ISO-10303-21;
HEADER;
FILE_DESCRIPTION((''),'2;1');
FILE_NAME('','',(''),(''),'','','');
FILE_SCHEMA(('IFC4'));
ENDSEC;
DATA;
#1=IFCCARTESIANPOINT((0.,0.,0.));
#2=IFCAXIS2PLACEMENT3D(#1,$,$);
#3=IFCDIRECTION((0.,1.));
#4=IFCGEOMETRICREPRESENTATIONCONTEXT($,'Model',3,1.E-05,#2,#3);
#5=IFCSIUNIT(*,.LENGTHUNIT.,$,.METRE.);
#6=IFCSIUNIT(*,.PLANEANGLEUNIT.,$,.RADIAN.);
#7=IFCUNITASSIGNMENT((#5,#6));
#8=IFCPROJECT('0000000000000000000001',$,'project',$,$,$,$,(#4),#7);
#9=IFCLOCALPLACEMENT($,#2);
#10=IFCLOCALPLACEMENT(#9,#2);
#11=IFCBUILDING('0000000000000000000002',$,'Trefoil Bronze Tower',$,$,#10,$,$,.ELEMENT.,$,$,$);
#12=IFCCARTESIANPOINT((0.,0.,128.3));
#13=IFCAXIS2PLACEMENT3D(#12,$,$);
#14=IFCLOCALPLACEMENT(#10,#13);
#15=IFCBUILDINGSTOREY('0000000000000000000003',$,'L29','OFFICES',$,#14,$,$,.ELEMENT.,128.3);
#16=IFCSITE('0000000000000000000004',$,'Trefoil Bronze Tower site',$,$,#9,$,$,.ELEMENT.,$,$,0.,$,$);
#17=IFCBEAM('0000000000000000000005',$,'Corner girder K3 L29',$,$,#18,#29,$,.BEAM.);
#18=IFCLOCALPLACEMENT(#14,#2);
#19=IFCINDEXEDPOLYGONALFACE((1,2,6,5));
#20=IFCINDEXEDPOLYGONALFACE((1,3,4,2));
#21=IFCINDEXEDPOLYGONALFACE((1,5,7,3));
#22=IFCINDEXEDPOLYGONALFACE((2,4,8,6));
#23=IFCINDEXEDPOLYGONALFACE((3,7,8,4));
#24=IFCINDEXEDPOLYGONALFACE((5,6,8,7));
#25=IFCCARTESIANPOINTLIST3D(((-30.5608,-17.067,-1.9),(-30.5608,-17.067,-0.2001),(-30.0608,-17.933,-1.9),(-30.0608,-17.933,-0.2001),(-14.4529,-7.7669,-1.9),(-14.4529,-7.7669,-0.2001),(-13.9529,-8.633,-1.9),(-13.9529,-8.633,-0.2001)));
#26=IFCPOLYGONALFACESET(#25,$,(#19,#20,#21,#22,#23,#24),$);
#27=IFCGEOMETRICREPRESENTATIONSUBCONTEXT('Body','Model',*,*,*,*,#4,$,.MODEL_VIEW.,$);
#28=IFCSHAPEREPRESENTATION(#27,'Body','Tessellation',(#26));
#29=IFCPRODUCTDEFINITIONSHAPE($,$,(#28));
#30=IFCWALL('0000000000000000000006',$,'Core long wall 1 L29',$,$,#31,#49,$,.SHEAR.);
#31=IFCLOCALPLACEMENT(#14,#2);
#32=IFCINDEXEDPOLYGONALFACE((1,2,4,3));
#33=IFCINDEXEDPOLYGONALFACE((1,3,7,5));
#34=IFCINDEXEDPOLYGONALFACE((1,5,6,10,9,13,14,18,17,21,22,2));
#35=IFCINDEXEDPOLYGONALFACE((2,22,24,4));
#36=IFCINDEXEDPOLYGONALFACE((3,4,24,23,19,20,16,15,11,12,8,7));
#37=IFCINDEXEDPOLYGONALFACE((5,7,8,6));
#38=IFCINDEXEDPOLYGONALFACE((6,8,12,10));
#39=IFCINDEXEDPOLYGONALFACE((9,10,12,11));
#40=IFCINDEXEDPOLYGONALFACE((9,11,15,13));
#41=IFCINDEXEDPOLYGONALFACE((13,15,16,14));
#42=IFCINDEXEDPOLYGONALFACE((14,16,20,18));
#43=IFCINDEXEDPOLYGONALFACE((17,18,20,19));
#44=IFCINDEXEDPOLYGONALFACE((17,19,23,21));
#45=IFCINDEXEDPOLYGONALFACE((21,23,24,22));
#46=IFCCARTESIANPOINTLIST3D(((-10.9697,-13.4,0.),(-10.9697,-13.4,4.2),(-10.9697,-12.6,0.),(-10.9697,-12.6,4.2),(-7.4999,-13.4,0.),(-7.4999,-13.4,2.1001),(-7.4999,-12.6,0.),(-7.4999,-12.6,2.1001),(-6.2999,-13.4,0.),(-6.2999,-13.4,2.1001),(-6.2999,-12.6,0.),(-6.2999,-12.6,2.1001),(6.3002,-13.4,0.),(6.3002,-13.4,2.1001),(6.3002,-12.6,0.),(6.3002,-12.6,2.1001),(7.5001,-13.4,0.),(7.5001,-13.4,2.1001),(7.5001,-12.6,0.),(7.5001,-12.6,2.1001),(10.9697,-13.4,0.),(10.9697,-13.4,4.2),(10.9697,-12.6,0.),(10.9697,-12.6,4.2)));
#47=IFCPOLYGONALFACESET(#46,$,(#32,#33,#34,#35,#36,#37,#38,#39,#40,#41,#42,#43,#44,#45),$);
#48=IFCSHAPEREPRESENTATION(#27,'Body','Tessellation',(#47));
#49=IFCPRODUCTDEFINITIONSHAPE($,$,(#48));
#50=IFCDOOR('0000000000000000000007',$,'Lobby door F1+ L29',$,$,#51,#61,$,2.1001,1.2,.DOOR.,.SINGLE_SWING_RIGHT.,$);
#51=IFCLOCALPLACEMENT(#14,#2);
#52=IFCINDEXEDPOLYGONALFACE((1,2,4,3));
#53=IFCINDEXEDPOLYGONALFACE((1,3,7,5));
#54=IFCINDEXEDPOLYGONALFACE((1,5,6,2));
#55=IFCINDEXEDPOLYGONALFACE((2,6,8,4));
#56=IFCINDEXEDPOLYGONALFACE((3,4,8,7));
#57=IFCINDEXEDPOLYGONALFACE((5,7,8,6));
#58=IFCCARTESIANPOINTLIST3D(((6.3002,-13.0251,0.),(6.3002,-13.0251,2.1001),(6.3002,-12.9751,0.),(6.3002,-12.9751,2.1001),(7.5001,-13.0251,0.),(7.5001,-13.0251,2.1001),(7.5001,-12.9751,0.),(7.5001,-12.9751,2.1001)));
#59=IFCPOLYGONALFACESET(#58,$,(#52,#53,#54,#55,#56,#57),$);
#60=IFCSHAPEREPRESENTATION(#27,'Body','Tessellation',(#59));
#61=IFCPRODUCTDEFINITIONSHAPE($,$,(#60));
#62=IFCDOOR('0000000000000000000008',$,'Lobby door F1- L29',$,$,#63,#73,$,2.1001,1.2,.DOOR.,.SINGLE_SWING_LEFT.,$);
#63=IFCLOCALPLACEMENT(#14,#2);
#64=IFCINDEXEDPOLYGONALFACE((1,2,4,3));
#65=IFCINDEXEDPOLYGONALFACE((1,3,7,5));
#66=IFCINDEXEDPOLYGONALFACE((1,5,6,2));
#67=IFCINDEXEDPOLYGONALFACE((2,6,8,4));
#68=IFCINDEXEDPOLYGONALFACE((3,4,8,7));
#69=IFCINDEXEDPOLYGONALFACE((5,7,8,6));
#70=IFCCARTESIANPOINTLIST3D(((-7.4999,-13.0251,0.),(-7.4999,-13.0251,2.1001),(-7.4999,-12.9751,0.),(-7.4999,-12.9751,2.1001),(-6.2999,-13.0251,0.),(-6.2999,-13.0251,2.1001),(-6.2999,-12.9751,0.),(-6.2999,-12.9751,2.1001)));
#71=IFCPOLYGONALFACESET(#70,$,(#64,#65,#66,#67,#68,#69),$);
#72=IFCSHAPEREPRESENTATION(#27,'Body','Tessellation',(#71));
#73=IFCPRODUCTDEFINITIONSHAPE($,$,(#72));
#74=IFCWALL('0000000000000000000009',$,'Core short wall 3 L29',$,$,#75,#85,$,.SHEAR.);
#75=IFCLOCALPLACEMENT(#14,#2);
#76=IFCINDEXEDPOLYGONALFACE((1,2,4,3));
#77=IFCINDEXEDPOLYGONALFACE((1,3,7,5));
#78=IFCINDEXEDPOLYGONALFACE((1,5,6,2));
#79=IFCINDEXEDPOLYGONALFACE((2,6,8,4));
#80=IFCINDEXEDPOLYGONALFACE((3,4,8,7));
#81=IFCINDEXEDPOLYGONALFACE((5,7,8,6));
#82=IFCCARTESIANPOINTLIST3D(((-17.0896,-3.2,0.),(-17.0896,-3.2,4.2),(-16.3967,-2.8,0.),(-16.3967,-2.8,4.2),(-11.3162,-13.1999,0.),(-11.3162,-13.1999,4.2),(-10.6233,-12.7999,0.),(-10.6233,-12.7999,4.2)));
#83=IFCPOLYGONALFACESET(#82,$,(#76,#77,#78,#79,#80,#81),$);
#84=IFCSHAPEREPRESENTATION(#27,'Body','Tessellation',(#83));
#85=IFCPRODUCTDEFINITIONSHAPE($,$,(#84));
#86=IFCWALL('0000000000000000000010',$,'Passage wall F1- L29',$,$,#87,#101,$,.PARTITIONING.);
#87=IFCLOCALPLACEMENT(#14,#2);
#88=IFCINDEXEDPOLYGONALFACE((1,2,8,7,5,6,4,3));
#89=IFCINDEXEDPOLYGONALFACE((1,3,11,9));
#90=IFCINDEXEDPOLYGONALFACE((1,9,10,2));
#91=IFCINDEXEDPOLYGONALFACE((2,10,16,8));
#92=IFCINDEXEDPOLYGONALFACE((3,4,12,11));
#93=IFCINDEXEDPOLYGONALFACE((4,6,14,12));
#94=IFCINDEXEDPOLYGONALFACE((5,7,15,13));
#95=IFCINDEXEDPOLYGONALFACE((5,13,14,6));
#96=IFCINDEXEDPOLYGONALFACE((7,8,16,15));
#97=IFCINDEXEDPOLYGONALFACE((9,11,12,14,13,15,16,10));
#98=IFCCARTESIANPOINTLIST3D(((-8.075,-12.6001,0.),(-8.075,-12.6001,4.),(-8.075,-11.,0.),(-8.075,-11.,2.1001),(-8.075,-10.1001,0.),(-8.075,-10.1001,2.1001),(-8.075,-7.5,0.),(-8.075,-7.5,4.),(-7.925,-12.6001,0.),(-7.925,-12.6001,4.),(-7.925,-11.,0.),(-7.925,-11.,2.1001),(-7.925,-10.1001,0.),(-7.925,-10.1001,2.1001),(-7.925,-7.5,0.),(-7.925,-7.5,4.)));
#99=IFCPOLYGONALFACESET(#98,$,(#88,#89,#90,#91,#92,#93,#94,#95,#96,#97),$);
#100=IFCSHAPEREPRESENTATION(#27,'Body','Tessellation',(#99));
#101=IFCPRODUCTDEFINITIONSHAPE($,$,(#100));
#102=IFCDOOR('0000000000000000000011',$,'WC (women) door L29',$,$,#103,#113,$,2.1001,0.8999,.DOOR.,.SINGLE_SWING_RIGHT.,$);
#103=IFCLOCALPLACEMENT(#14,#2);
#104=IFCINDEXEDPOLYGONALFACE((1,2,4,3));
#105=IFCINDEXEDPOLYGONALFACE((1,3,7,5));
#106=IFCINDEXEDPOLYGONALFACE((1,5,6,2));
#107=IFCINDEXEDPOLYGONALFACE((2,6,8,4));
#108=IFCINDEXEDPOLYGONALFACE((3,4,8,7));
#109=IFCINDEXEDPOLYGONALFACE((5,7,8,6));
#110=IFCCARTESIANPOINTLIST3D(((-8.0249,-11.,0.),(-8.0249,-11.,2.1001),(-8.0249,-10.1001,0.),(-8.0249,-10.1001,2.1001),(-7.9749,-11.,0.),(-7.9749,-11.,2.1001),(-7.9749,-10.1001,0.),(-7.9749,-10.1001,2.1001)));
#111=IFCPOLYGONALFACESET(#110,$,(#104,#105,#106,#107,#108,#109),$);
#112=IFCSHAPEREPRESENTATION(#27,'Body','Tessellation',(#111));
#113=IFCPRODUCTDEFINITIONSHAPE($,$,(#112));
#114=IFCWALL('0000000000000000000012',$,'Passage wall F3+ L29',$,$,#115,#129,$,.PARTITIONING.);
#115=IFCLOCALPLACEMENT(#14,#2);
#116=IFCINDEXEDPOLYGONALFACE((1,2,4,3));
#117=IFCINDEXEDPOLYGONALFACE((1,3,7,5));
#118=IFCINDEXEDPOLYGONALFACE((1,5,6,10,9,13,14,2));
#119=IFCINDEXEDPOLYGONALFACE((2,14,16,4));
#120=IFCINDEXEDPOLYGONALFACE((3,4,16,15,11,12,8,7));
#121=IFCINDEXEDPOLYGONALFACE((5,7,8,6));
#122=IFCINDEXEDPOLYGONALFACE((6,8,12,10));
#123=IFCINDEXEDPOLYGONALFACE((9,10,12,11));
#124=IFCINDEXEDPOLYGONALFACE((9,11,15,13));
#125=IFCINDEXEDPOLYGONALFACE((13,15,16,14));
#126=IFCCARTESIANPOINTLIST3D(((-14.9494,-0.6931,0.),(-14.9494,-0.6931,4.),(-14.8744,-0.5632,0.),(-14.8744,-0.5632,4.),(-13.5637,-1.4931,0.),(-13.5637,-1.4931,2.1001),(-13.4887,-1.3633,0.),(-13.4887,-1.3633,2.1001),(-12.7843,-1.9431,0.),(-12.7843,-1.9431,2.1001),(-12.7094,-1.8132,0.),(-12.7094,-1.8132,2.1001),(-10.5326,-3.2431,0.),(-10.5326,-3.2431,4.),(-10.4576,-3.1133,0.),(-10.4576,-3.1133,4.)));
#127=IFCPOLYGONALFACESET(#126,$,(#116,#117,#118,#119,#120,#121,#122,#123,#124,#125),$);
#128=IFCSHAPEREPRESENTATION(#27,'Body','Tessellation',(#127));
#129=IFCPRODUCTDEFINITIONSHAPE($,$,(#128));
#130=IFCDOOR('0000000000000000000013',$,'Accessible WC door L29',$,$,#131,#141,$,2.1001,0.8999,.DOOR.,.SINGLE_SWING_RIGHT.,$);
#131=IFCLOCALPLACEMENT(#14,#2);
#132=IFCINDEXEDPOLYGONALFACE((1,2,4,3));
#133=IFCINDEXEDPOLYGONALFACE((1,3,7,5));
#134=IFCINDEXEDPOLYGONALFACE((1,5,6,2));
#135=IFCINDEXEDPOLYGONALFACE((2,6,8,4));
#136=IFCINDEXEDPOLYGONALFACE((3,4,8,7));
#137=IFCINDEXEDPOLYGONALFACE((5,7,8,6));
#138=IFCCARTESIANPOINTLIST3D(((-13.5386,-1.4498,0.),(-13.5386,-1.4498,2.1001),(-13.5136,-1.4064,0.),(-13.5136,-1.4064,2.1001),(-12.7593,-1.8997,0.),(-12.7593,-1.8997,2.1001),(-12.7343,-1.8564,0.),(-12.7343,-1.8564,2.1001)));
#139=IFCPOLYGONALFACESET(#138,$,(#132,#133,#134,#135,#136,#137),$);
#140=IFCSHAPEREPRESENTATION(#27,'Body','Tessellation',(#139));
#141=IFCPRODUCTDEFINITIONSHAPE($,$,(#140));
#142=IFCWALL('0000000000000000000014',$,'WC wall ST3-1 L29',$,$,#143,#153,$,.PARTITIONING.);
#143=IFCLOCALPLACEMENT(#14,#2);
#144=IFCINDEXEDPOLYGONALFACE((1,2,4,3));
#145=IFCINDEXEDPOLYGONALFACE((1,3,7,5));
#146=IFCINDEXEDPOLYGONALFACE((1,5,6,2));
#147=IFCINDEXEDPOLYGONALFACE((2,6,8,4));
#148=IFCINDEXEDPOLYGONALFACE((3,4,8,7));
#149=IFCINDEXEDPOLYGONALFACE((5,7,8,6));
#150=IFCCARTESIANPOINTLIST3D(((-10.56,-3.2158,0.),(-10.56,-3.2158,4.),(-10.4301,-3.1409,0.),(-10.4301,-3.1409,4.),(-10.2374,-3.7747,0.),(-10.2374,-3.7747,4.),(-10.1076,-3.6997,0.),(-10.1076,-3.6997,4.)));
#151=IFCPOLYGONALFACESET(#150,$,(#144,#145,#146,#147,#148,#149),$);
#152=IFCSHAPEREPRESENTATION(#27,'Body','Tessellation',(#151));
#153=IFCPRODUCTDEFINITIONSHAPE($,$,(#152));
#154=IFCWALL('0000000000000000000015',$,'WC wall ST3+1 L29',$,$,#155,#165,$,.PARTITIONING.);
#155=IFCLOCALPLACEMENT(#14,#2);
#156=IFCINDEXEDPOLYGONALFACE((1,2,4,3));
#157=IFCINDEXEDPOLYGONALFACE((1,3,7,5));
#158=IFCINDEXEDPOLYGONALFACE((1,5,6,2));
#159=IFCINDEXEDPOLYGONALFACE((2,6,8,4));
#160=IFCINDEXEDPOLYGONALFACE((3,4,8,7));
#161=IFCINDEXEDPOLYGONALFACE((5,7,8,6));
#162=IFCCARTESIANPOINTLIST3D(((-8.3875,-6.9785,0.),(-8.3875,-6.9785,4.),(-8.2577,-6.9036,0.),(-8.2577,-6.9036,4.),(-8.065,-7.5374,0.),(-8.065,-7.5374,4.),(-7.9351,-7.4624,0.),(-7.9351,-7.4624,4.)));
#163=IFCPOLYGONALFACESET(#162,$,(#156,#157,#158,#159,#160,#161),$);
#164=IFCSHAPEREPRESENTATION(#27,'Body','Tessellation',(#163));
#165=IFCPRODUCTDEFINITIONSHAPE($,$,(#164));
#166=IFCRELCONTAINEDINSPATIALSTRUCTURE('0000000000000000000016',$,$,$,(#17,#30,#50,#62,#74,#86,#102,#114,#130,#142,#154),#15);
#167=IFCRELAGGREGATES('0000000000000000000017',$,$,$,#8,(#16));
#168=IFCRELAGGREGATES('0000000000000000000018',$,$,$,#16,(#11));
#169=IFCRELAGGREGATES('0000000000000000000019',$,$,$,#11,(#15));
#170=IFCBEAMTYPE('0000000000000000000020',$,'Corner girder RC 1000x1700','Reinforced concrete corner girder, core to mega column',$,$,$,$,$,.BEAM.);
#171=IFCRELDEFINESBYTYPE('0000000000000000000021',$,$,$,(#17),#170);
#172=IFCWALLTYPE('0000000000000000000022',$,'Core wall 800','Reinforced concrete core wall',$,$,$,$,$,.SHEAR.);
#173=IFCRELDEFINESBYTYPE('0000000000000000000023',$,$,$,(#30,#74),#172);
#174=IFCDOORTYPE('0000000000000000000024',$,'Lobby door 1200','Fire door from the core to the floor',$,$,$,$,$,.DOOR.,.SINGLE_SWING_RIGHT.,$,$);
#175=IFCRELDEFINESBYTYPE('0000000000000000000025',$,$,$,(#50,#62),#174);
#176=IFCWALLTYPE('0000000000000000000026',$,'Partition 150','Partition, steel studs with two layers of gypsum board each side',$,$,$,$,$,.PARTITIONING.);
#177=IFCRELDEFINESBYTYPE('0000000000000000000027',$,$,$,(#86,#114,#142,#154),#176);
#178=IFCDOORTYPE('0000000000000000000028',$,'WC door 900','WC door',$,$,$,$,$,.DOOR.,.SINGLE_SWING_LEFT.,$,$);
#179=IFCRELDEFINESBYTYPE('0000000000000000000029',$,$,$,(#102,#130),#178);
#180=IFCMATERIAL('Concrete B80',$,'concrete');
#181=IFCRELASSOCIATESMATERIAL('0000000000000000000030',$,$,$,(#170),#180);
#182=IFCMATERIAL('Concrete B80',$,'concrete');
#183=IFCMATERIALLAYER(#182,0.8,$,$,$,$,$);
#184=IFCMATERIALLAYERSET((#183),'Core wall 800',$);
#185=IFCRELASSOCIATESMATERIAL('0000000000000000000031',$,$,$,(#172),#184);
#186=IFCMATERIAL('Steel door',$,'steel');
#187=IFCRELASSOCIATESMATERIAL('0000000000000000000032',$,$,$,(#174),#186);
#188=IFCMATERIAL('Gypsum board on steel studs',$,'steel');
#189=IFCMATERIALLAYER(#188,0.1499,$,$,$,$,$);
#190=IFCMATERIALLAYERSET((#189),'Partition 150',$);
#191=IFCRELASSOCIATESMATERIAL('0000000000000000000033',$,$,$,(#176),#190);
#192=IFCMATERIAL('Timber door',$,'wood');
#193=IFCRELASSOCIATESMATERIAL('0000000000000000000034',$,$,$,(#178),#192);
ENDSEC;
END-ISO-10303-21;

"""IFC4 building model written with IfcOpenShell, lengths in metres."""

from ifc_helpers import new_model, si_unit, direction, frame, frame_2d, origin, origin_2d, place, context, subcontext, project, spatial, rectangle, extrude, material, layer, layer_set, material_profile, profile_set, type_object, element, fill, save


model = new_model("IFC4")

# Units and contexts
model_context = context("Model", 3, precision=1e-05, world=origin(), true_north=direction((0.0, 1.0)))
body_context = subcontext(model_context, "Body", "Model", "MODEL_VIEW")
ifc_project = project(units=[si_unit("LENGTHUNIT", "METRE"), si_unit("PLANEANGLEUNIT", "RADIAN")], contexts=[model_context])

# Site, building, storey
site_placement = place(None, origin())
site = spatial("IfcSite", under=ifc_project, at=site_placement, Name="Trefoil Bronze Tower site", CompositionType="ELEMENT", RefElevation=0.0)
building_placement = place(site_placement, origin())
building = spatial("IfcBuilding", under=site, at=building_placement, Name="Trefoil Bronze Tower", CompositionType="ELEMENT")
storey_placement = place(building_placement, frame((0.0, 0.0, 128.3)))
storey = spatial("IfcBuildingStorey", under=building, at=storey_placement, Name="L29", Description="OFFICES", CompositionType="ELEMENT", Elevation=128.3)

# Beam
ifc_material_1 = material(Name="Concrete B80", Category="concrete")
ifc_material_profile_1 = material_profile(ifc_material_1, rectangle(XDim=1.0, YDim=1.7, at=origin_2d()), Name="RC 1000x1700")
ifc_profile_set_1 = profile_set([ifc_material_profile_1], Name="Concrete B80")
beam_type_1 = type_object("IfcBeamType", Name="Corner girder RC 1000x1700", Description="Reinforced concrete corner girder, core to mega column", PredefinedType="BEAM", material=ifc_profile_set_1)
beam_placement = place(storey_placement, frame((-14.2029, -8.2, -1.05), z_axis=(-0.866022, -0.500006, 0.0), x_axis=(0.500006, -0.866022, 0.0)))
element("IfcBeam", 1, at=beam_placement, inside=storey, type_object=beam_type_1, Name="Corner girder K3 L29", PredefinedType="BEAM", context=body_context, shape_type="SweptSolid", body=[
    extrude(rectangle(XDim=1.0, YDim=1.7, at=origin_2d()), origin(), (0.0, 0.0, 1.0), 18.5999),
])

# Wall, openings, doors
ifc_material_2 = material(Name="Concrete B80", Category="concrete")
ifc_layer_1 = layer(ifc_material_2, 0.8)
ifc_layer_set_1 = layer_set([ifc_layer_1], Name="Core wall 800")
wall_type_1 = type_object("IfcWallType", Name="Core wall 800", Description="Reinforced concrete core wall", PredefinedType="SHEAR", material=ifc_layer_set_1)
wall_1_placement = place(storey_placement, frame((-10.9697, -13.0, 0.0), z_axis=(0.0, 0.0, 1.0), x_axis=(1.0, 0.0, 0.0)))
wall_1 = element("IfcWall", 2, at=wall_1_placement, inside=storey, type_object=wall_type_1, Name="Core long wall 1 L29", PredefinedType="SHEAR", context=body_context, shape_type="SweptSolid", body=[
    extrude(rectangle(XDim=21.9395, YDim=0.8, at=frame_2d((10.9697, 0.0))), origin(), (0.0, 0.0, 1.0), 4.2),
])
opening_1_placement = place(wall_1_placement, frame((17.2698, 0.0, 0.0)))
opening_1 = element("IfcOpeningElement", 3, at=opening_1_placement, cuts=wall_1, PredefinedType="OPENING", context=body_context, shape_type="SweptSolid", body=[
    extrude(rectangle(XDim=1.2, YDim=2.1001, at=frame_2d((0.6001, 1.05))), frame((0.0, 0.4099, 0.0), z_axis=(0.0, -1.0, 0.0), x_axis=(1.0, 0.0, 0.0)), (0.0, 0.0, 1.0), 0.8201),
])
opening_2_placement = place(wall_1_placement, frame((3.4697, 0.0, 0.0)))
opening_2 = element("IfcOpeningElement", 4, at=opening_2_placement, cuts=wall_1, PredefinedType="OPENING", context=body_context, shape_type="SweptSolid", body=[
    extrude(rectangle(XDim=1.2, YDim=2.1001, at=frame_2d((0.6001, 1.05))), frame((0.0, 0.4099, 0.0), z_axis=(0.0, -1.0, 0.0), x_axis=(1.0, 0.0, 0.0)), (0.0, 0.0, 1.0), 0.8201),
])
ifc_material_3 = material(Name="Steel door", Category="steel")
door_type_1 = type_object("IfcDoorType", Name="Lobby door 1200", Description="Fire door from the core to the floor", OperationType="SINGLE_SWING_RIGHT", PredefinedType="DOOR", material=ifc_material_3)
door_1_placement = place(opening_1_placement, origin())
door_1 = element("IfcDoor", 5, at=door_1_placement, inside=storey, type_object=door_type_1, Name="Lobby door F1+ L29", OperationType="SINGLE_SWING_RIGHT", OverallHeight=2.1001, OverallWidth=1.2, PredefinedType="DOOR", context=body_context, shape_type="SweptSolid", body=[
    extrude(rectangle(XDim=1.2, YDim=2.1001, at=frame_2d((0.6001, 1.05))), frame((0.0, 0.0249, 0.0), z_axis=(0.0, -1.0, 0.0), x_axis=(1.0, 0.0, 0.0)), (0.0, 0.0, 1.0), 0.05),
])
fill(opening_1, door_1)
door_2_placement = place(opening_2_placement, origin())
door_2 = element("IfcDoor", 6, at=door_2_placement, inside=storey, type_object=door_type_1, Name="Lobby door F1- L29", OperationType="SINGLE_SWING_LEFT", OverallHeight=2.1001, OverallWidth=1.2, PredefinedType="DOOR", context=body_context, shape_type="SweptSolid", body=[
    extrude(rectangle(XDim=1.2, YDim=2.1001, at=frame_2d((0.6001, 1.05))), frame((0.0, 0.0249, 0.0), z_axis=(0.0, -1.0, 0.0), x_axis=(1.0, 0.0, 0.0)), (0.0, 0.0, 1.0), 0.05),
])
fill(opening_2, door_2)

# Wall
wall_2_placement = place(storey_placement, frame((-16.7432, -3.0, 0.0), z_axis=(0.0, 0.0, 1.0), x_axis=(0.499996, -0.866028, 0.0)))
element("IfcWall", 7, at=wall_2_placement, inside=storey, type_object=wall_type_1, Name="Core short wall 3 L29", PredefinedType="SHEAR", context=body_context, shape_type="SweptSolid", body=[
    extrude(rectangle(XDim=11.5469, YDim=0.8, at=frame_2d((5.7734, 0.0))), origin(), (0.0, 0.0, 1.0), 4.2),
])

# Walls, openings, doors
ifc_material_4 = material(Name="Gypsum board on steel studs", Category="steel")
ifc_layer_2 = layer(ifc_material_4, 0.1499)
ifc_layer_set_2 = layer_set([ifc_layer_2], Name="Partition 150")
wall_type_2 = type_object("IfcWallType", Name="Partition 150", Description="Partition, steel studs with two layers of gypsum board each side", PredefinedType="PARTITIONING", material=ifc_layer_set_2)
wall_3_placement = place(storey_placement, frame((-8.0, -7.5, 0.0), z_axis=(0.0, 0.0, 1.0), x_axis=(0.0, -1.0, 0.0)))
wall_3 = element("IfcWall", 8, at=wall_3_placement, inside=storey, type_object=wall_type_2, Name="Passage wall F1- L29", PredefinedType="PARTITIONING", context=body_context, shape_type="SweptSolid", body=[
    extrude(rectangle(XDim=5.1001, YDim=0.1499, at=frame_2d((2.55, 0.0))), origin(), (0.0, 0.0, 1.0), 4.0),
])
opening_3_placement = place(wall_3_placement, frame((2.6001, 0.0, 0.0)))
opening_3 = element("IfcOpeningElement", 9, at=opening_3_placement, cuts=wall_3, PredefinedType="OPENING", context=body_context, shape_type="SweptSolid", body=[
    extrude(rectangle(XDim=0.8999, YDim=2.1001, at=frame_2d((0.45, 1.05))), frame((0.0, 0.085, 0.0), z_axis=(0.0, -1.0, 0.0), x_axis=(1.0, 0.0, 0.0)), (0.0, 0.0, 1.0), 0.1699),
])
ifc_material_5 = material(Name="Timber door", Category="wood")
door_type_2 = type_object("IfcDoorType", Name="WC door 900", Description="WC door", OperationType="SINGLE_SWING_LEFT", PredefinedType="DOOR", material=ifc_material_5)
door_3_placement = place(opening_3_placement, frame((0.8999, 0.0, 0.0), z_axis=(0.0, 0.0, 1.0), x_axis=(-1.0, 0.0, 0.0)))
door_3 = element("IfcDoor", 10, at=door_3_placement, inside=storey, type_object=door_type_2, Name="WC (women) door L29", OperationType="SINGLE_SWING_RIGHT", OverallHeight=2.1001, OverallWidth=0.8999, PredefinedType="DOOR", context=body_context, shape_type="SweptSolid", body=[
    extrude(rectangle(XDim=0.8999, YDim=2.1001, at=frame_2d((0.45, 1.05))), frame((0.0, 0.0249, 0.0), z_axis=(0.0, -1.0, 0.0), x_axis=(1.0, 0.0, 0.0)), (0.0, 0.0, 1.0), 0.05),
])
fill(opening_3, door_3)
wall_4_placement = place(storey_placement, frame((-10.4951, -3.1782, 0.0), z_axis=(0.0, 0.0, 1.0), x_axis=(-0.866022, 0.500006, 0.0)))
wall_4 = element("IfcWall", 11, at=wall_4_placement, inside=storey, type_object=wall_type_2, Name="Passage wall F3+ L29", PredefinedType="PARTITIONING", context=body_context, shape_type="SweptSolid", body=[
    extrude(rectangle(XDim=5.1001, YDim=0.1499, at=frame_2d((2.55, 0.0))), origin(), (0.0, 0.0, 1.0), 4.0),
])
opening_4_placement = place(wall_4_placement, frame((2.6001, 0.0, 0.0)))
opening_4 = element("IfcOpeningElement", 12, at=opening_4_placement, cuts=wall_4, PredefinedType="OPENING", context=body_context, shape_type="SweptSolid", body=[
    extrude(rectangle(XDim=0.8999, YDim=2.1001, at=frame_2d((0.45, 1.05))), frame((0.0, 0.085, 0.0), z_axis=(0.0, -1.0, 0.0), x_axis=(1.0, 0.0, 0.0)), (0.0, 0.0, 1.0), 0.1699),
])
door_4_placement = place(opening_4_placement, origin())
door_4 = element("IfcDoor", 13, at=door_4_placement, inside=storey, type_object=door_type_2, Name="Accessible WC door L29", OperationType="SINGLE_SWING_RIGHT", OverallHeight=2.1001, OverallWidth=0.8999, PredefinedType="DOOR", context=body_context, shape_type="SweptSolid", body=[
    extrude(rectangle(XDim=0.8999, YDim=2.1001, at=frame_2d((0.45, 1.05))), frame((0.0, 0.0249, 0.0), z_axis=(0.0, -1.0, 0.0), x_axis=(1.0, 0.0, 0.0)), (0.0, 0.0, 1.0), 0.05),
])
fill(opening_4, door_4)

# Walls
for number, where, z_axis, x_axis, name in (
    (14, (-10.4951, -3.1782, 0.0), (0.0, 0.0, 1.0), (0.499843, -0.866116, 0.0), "WC wall ST3-1 L29"),
    (15, (-8.0, -7.5, 0.0), (0.0, 0.0, 1.0), (-0.499843, 0.866116, 0.0), "WC wall ST3+1 L29"),
):
    element("IfcWall", number, at=place(storey_placement, frame(where, z_axis=z_axis, x_axis=x_axis)), inside=storey, type_object=wall_type_2, Name=name, PredefinedType="PARTITIONING", context=body_context, shape_type="SweptSolid", body=[
        extrude(rectangle(XDim=0.6453, YDim=0.1499, at=frame_2d((0.3228, 0.0))), origin(), (0.0, 0.0, 1.0), 4.0),
    ])

save(model, "model.ifc")
